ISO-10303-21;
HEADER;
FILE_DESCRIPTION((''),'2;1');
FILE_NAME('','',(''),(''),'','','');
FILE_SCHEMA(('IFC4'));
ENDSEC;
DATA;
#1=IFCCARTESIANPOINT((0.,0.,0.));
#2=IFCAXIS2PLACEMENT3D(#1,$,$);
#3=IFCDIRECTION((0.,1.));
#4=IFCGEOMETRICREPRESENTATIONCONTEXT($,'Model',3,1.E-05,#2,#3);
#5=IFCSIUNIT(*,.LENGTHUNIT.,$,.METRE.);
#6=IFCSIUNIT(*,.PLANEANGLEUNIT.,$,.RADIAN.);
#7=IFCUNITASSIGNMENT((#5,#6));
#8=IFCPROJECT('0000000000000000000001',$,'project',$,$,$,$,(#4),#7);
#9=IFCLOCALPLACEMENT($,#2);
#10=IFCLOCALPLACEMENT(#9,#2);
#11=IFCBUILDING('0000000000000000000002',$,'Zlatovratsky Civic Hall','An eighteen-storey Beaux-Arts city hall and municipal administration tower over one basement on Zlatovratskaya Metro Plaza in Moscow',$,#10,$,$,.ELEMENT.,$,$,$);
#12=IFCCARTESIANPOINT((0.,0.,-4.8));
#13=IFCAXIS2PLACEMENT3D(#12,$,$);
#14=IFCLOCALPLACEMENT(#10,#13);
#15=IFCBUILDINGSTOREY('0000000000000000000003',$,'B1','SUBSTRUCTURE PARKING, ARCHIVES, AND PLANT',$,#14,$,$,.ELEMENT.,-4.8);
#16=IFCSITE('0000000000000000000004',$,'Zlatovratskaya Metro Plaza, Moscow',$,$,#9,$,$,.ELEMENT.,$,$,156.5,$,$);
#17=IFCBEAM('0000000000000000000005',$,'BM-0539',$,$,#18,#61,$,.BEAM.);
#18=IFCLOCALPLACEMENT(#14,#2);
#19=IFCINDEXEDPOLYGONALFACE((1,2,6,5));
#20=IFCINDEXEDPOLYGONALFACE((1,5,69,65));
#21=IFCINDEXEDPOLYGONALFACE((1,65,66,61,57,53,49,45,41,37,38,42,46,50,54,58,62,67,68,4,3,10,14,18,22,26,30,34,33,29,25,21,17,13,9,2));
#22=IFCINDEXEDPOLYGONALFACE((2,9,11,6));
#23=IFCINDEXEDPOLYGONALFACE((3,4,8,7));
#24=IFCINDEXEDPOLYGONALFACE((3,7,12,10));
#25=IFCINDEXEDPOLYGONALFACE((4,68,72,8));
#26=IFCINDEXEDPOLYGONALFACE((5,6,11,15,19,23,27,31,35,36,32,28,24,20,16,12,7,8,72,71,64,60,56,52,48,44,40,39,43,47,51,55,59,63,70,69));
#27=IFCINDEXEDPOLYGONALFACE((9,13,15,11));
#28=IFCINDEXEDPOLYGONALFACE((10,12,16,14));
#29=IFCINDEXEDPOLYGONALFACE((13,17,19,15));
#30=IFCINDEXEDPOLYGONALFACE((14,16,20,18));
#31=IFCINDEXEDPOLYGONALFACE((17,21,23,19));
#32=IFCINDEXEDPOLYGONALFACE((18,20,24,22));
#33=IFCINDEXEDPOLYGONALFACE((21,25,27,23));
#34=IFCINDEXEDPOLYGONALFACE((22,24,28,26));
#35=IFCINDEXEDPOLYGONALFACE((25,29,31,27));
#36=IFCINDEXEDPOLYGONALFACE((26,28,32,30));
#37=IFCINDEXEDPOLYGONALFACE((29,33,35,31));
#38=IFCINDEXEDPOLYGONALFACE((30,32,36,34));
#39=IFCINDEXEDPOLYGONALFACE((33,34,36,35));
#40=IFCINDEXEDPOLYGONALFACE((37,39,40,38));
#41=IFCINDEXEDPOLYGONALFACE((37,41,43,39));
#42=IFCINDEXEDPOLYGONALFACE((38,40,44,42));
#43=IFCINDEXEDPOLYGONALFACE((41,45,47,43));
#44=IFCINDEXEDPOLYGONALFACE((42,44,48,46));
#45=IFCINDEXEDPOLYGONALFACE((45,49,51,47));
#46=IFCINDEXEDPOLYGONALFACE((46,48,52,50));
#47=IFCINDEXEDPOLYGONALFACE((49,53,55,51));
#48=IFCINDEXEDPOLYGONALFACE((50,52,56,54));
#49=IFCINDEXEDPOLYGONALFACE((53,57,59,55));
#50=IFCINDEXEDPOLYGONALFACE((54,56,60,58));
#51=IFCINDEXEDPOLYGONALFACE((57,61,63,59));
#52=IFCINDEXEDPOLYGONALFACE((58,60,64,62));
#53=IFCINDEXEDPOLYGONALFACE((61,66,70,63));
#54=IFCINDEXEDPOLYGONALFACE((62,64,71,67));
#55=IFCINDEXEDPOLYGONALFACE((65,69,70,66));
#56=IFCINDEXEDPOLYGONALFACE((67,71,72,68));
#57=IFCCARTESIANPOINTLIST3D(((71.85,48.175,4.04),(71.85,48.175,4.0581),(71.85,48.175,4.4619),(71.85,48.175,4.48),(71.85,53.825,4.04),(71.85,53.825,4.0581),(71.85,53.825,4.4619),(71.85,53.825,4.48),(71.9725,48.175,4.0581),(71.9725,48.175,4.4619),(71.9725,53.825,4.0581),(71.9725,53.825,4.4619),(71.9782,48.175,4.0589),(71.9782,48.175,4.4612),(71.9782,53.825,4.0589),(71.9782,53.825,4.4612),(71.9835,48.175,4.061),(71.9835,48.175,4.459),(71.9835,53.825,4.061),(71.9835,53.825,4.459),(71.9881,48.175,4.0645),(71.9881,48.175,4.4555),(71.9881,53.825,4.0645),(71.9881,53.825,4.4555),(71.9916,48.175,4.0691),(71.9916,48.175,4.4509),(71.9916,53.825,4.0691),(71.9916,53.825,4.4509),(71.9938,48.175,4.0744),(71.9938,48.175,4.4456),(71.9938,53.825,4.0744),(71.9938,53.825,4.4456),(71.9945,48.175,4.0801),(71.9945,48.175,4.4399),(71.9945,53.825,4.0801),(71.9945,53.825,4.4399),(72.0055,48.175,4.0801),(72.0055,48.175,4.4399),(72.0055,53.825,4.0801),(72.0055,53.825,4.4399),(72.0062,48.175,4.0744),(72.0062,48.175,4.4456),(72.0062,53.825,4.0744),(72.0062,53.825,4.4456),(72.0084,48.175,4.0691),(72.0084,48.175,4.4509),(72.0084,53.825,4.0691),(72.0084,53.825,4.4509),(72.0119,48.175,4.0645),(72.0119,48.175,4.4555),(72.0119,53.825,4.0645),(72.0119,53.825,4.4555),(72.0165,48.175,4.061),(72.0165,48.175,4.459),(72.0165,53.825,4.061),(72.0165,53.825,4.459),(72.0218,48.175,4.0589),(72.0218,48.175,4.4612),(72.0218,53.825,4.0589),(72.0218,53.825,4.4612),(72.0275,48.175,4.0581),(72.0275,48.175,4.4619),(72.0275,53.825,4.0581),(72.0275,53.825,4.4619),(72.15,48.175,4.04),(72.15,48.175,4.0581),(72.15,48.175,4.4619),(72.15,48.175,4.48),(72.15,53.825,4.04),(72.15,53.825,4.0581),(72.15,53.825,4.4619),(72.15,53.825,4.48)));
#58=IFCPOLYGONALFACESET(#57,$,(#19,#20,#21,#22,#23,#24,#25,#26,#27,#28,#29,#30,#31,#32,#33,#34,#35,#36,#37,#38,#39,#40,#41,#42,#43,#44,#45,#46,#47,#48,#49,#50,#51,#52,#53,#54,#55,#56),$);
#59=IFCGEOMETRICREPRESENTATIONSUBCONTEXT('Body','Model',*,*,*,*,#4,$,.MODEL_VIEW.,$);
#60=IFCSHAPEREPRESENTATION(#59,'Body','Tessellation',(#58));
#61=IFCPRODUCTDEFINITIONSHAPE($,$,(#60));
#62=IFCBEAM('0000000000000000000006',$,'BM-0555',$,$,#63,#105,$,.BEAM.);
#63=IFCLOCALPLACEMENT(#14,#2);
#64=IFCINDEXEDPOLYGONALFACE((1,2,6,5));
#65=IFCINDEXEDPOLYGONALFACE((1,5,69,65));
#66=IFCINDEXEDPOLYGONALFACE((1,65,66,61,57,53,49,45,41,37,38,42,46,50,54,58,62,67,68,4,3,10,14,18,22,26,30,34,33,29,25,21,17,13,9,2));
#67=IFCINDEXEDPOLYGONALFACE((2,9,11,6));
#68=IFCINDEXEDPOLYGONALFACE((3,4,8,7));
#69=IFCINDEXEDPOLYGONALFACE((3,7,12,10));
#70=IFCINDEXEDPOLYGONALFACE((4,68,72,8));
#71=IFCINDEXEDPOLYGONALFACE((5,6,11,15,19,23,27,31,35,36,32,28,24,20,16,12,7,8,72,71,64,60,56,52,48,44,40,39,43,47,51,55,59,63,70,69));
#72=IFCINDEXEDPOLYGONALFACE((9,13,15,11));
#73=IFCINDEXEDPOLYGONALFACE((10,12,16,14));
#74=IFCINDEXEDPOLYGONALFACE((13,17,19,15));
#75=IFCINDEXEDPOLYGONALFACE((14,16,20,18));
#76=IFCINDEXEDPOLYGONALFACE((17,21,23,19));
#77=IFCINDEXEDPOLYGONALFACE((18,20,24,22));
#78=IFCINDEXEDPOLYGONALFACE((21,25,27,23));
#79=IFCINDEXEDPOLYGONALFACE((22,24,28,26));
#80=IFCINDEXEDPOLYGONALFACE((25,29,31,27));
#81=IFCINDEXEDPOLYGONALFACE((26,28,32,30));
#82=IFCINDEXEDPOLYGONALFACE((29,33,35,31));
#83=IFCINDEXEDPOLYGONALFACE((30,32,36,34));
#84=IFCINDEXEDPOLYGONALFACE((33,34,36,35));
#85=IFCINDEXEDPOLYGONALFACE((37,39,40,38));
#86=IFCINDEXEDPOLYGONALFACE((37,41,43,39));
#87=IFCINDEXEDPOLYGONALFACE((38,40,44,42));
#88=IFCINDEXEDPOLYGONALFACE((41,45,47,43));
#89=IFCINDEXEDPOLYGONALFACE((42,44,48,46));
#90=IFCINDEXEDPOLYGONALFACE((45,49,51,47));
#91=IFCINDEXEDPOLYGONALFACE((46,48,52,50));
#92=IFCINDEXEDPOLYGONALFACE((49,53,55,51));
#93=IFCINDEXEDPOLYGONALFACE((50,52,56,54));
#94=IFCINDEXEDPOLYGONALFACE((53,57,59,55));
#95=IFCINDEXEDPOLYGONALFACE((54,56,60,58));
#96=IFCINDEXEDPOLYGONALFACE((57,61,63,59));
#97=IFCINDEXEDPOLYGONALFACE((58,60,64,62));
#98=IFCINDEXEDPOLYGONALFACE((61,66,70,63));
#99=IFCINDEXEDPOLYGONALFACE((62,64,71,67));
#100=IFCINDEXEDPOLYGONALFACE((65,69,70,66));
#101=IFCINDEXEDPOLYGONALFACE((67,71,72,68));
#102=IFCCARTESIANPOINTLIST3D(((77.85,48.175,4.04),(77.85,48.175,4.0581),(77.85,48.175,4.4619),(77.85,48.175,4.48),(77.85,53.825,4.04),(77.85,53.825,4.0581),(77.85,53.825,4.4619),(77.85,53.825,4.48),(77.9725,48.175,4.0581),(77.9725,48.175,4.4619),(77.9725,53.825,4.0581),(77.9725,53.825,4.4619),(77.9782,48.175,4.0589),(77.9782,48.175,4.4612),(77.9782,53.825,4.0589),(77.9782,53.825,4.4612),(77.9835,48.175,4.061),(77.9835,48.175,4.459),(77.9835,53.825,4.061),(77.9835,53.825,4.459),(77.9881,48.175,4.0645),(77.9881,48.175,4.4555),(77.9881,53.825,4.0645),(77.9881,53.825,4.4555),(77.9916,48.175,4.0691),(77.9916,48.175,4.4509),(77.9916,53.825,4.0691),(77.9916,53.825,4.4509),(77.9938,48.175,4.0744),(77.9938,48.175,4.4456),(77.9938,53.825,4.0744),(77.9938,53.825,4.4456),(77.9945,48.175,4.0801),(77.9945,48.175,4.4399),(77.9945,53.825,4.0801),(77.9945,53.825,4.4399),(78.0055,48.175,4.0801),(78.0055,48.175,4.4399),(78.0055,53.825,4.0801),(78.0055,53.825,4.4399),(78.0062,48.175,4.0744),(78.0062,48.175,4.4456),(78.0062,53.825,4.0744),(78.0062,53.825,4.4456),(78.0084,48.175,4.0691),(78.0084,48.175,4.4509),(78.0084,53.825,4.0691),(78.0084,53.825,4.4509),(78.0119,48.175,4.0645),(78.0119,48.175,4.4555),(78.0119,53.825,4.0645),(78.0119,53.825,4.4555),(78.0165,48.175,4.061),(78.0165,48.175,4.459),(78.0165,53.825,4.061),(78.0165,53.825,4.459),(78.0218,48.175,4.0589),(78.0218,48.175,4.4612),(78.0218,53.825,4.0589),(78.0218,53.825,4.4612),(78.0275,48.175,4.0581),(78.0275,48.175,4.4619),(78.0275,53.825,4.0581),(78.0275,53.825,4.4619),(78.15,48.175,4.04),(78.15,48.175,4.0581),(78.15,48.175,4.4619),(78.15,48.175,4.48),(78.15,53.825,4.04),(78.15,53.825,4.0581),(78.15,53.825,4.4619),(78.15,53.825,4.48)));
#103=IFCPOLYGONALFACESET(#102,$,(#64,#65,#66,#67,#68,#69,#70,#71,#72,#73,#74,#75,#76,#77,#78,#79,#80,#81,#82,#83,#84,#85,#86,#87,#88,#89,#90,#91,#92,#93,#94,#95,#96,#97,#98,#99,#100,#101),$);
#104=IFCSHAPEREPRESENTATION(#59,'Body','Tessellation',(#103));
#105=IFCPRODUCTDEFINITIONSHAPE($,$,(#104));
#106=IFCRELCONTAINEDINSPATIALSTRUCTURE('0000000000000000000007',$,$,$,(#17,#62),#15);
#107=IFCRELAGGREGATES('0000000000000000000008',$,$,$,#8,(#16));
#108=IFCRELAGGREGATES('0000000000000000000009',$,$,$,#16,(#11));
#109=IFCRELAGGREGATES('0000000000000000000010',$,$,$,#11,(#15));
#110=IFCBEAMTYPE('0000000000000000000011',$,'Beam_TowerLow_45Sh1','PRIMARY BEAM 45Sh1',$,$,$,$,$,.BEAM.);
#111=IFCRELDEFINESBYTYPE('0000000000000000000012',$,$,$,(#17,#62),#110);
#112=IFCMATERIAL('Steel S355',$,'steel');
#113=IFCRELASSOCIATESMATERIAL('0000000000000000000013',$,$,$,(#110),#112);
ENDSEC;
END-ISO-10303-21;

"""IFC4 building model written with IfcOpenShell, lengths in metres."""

from ifc_helpers import new_model, si_unit, direction, frame, origin, origin_2d, place, context, subcontext, project, spatial, i_section, extrude, material, material_profile, profile_set, type_object, element, save


model = new_model("IFC4")

# Units and contexts
model_context = context("Model", 3, precision=1e-05, world=origin(), true_north=direction((0.0, 1.0)))
body_context = subcontext(model_context, "Body", "Model", "MODEL_VIEW")
ifc_project = project(units=[si_unit("LENGTHUNIT", "METRE"), si_unit("PLANEANGLEUNIT", "RADIAN")], contexts=[model_context])

# Site, building, storey
site_placement = place(None, origin())
site = spatial("IfcSite", under=ifc_project, at=site_placement, Name="Zlatovratskaya Metro Plaza, Moscow", CompositionType="ELEMENT", RefElevation=156.5)
building_placement = place(site_placement, origin())
building = spatial("IfcBuilding", under=site, at=building_placement, Name="Zlatovratsky Civic Hall", Description="An eighteen-storey Beaux-Arts city hall and municipal administration tower over one basement on Zlatovratskaya Metro Plaza in Moscow", CompositionType="ELEMENT")
storey_placement = place(building_placement, frame((0.0, 0.0, -4.8)))
storey = spatial("IfcBuildingStorey", under=building, at=storey_placement, Name="B1", Description="SUBSTRUCTURE PARKING, ARCHIVES, AND PLANT", CompositionType="ELEMENT", Elevation=-4.8)

# Shared definitions
ifc_material_1 = material(Name="Steel S355", Category="steel")

# Beams
ifc_material_profile_1 = material_profile(ifc_material_1, i_section(OverallWidth=0.3, OverallDepth=0.4399, WebThickness=0.011, FlangeThickness=0.0181, FilletRadius=0.022, at=origin_2d()), Name="45Sh1")
ifc_profile_set_1 = profile_set([ifc_material_profile_1], Name="Steel S355")
beam_type = type_object("IfcBeamType", Name="Beam_TowerLow_45Sh1", Description="PRIMARY BEAM 45Sh1", PredefinedType="BEAM", material=ifc_profile_set_1)
for number, where, z_axis, x_axis, name in (
    (1, (72.0, 48.175, 4.26), (0.0, 1.0, 0.0), (-1.0, 0.0, 0.0), "BM-0539"),
    (2, (78.0, 48.175, 4.26), (0.0, 1.0, 0.0), (-1.0, 0.0, 0.0), "BM-0555"),
):
    element("IfcBeam", number, at=place(storey_placement, frame(where, z_axis=z_axis, x_axis=x_axis)), inside=storey, type_object=beam_type, Name=name, PredefinedType="BEAM", context=body_context, shape_type="SweptSolid", body=[
        extrude(i_section(OverallWidth=0.3, OverallDepth=0.4399, WebThickness=0.011, FlangeThickness=0.0181, FilletRadius=0.022, at=origin_2d()), origin(), (0.0, 0.0, 1.0), 5.6499),
    ])

save(model, "model.ifc")
